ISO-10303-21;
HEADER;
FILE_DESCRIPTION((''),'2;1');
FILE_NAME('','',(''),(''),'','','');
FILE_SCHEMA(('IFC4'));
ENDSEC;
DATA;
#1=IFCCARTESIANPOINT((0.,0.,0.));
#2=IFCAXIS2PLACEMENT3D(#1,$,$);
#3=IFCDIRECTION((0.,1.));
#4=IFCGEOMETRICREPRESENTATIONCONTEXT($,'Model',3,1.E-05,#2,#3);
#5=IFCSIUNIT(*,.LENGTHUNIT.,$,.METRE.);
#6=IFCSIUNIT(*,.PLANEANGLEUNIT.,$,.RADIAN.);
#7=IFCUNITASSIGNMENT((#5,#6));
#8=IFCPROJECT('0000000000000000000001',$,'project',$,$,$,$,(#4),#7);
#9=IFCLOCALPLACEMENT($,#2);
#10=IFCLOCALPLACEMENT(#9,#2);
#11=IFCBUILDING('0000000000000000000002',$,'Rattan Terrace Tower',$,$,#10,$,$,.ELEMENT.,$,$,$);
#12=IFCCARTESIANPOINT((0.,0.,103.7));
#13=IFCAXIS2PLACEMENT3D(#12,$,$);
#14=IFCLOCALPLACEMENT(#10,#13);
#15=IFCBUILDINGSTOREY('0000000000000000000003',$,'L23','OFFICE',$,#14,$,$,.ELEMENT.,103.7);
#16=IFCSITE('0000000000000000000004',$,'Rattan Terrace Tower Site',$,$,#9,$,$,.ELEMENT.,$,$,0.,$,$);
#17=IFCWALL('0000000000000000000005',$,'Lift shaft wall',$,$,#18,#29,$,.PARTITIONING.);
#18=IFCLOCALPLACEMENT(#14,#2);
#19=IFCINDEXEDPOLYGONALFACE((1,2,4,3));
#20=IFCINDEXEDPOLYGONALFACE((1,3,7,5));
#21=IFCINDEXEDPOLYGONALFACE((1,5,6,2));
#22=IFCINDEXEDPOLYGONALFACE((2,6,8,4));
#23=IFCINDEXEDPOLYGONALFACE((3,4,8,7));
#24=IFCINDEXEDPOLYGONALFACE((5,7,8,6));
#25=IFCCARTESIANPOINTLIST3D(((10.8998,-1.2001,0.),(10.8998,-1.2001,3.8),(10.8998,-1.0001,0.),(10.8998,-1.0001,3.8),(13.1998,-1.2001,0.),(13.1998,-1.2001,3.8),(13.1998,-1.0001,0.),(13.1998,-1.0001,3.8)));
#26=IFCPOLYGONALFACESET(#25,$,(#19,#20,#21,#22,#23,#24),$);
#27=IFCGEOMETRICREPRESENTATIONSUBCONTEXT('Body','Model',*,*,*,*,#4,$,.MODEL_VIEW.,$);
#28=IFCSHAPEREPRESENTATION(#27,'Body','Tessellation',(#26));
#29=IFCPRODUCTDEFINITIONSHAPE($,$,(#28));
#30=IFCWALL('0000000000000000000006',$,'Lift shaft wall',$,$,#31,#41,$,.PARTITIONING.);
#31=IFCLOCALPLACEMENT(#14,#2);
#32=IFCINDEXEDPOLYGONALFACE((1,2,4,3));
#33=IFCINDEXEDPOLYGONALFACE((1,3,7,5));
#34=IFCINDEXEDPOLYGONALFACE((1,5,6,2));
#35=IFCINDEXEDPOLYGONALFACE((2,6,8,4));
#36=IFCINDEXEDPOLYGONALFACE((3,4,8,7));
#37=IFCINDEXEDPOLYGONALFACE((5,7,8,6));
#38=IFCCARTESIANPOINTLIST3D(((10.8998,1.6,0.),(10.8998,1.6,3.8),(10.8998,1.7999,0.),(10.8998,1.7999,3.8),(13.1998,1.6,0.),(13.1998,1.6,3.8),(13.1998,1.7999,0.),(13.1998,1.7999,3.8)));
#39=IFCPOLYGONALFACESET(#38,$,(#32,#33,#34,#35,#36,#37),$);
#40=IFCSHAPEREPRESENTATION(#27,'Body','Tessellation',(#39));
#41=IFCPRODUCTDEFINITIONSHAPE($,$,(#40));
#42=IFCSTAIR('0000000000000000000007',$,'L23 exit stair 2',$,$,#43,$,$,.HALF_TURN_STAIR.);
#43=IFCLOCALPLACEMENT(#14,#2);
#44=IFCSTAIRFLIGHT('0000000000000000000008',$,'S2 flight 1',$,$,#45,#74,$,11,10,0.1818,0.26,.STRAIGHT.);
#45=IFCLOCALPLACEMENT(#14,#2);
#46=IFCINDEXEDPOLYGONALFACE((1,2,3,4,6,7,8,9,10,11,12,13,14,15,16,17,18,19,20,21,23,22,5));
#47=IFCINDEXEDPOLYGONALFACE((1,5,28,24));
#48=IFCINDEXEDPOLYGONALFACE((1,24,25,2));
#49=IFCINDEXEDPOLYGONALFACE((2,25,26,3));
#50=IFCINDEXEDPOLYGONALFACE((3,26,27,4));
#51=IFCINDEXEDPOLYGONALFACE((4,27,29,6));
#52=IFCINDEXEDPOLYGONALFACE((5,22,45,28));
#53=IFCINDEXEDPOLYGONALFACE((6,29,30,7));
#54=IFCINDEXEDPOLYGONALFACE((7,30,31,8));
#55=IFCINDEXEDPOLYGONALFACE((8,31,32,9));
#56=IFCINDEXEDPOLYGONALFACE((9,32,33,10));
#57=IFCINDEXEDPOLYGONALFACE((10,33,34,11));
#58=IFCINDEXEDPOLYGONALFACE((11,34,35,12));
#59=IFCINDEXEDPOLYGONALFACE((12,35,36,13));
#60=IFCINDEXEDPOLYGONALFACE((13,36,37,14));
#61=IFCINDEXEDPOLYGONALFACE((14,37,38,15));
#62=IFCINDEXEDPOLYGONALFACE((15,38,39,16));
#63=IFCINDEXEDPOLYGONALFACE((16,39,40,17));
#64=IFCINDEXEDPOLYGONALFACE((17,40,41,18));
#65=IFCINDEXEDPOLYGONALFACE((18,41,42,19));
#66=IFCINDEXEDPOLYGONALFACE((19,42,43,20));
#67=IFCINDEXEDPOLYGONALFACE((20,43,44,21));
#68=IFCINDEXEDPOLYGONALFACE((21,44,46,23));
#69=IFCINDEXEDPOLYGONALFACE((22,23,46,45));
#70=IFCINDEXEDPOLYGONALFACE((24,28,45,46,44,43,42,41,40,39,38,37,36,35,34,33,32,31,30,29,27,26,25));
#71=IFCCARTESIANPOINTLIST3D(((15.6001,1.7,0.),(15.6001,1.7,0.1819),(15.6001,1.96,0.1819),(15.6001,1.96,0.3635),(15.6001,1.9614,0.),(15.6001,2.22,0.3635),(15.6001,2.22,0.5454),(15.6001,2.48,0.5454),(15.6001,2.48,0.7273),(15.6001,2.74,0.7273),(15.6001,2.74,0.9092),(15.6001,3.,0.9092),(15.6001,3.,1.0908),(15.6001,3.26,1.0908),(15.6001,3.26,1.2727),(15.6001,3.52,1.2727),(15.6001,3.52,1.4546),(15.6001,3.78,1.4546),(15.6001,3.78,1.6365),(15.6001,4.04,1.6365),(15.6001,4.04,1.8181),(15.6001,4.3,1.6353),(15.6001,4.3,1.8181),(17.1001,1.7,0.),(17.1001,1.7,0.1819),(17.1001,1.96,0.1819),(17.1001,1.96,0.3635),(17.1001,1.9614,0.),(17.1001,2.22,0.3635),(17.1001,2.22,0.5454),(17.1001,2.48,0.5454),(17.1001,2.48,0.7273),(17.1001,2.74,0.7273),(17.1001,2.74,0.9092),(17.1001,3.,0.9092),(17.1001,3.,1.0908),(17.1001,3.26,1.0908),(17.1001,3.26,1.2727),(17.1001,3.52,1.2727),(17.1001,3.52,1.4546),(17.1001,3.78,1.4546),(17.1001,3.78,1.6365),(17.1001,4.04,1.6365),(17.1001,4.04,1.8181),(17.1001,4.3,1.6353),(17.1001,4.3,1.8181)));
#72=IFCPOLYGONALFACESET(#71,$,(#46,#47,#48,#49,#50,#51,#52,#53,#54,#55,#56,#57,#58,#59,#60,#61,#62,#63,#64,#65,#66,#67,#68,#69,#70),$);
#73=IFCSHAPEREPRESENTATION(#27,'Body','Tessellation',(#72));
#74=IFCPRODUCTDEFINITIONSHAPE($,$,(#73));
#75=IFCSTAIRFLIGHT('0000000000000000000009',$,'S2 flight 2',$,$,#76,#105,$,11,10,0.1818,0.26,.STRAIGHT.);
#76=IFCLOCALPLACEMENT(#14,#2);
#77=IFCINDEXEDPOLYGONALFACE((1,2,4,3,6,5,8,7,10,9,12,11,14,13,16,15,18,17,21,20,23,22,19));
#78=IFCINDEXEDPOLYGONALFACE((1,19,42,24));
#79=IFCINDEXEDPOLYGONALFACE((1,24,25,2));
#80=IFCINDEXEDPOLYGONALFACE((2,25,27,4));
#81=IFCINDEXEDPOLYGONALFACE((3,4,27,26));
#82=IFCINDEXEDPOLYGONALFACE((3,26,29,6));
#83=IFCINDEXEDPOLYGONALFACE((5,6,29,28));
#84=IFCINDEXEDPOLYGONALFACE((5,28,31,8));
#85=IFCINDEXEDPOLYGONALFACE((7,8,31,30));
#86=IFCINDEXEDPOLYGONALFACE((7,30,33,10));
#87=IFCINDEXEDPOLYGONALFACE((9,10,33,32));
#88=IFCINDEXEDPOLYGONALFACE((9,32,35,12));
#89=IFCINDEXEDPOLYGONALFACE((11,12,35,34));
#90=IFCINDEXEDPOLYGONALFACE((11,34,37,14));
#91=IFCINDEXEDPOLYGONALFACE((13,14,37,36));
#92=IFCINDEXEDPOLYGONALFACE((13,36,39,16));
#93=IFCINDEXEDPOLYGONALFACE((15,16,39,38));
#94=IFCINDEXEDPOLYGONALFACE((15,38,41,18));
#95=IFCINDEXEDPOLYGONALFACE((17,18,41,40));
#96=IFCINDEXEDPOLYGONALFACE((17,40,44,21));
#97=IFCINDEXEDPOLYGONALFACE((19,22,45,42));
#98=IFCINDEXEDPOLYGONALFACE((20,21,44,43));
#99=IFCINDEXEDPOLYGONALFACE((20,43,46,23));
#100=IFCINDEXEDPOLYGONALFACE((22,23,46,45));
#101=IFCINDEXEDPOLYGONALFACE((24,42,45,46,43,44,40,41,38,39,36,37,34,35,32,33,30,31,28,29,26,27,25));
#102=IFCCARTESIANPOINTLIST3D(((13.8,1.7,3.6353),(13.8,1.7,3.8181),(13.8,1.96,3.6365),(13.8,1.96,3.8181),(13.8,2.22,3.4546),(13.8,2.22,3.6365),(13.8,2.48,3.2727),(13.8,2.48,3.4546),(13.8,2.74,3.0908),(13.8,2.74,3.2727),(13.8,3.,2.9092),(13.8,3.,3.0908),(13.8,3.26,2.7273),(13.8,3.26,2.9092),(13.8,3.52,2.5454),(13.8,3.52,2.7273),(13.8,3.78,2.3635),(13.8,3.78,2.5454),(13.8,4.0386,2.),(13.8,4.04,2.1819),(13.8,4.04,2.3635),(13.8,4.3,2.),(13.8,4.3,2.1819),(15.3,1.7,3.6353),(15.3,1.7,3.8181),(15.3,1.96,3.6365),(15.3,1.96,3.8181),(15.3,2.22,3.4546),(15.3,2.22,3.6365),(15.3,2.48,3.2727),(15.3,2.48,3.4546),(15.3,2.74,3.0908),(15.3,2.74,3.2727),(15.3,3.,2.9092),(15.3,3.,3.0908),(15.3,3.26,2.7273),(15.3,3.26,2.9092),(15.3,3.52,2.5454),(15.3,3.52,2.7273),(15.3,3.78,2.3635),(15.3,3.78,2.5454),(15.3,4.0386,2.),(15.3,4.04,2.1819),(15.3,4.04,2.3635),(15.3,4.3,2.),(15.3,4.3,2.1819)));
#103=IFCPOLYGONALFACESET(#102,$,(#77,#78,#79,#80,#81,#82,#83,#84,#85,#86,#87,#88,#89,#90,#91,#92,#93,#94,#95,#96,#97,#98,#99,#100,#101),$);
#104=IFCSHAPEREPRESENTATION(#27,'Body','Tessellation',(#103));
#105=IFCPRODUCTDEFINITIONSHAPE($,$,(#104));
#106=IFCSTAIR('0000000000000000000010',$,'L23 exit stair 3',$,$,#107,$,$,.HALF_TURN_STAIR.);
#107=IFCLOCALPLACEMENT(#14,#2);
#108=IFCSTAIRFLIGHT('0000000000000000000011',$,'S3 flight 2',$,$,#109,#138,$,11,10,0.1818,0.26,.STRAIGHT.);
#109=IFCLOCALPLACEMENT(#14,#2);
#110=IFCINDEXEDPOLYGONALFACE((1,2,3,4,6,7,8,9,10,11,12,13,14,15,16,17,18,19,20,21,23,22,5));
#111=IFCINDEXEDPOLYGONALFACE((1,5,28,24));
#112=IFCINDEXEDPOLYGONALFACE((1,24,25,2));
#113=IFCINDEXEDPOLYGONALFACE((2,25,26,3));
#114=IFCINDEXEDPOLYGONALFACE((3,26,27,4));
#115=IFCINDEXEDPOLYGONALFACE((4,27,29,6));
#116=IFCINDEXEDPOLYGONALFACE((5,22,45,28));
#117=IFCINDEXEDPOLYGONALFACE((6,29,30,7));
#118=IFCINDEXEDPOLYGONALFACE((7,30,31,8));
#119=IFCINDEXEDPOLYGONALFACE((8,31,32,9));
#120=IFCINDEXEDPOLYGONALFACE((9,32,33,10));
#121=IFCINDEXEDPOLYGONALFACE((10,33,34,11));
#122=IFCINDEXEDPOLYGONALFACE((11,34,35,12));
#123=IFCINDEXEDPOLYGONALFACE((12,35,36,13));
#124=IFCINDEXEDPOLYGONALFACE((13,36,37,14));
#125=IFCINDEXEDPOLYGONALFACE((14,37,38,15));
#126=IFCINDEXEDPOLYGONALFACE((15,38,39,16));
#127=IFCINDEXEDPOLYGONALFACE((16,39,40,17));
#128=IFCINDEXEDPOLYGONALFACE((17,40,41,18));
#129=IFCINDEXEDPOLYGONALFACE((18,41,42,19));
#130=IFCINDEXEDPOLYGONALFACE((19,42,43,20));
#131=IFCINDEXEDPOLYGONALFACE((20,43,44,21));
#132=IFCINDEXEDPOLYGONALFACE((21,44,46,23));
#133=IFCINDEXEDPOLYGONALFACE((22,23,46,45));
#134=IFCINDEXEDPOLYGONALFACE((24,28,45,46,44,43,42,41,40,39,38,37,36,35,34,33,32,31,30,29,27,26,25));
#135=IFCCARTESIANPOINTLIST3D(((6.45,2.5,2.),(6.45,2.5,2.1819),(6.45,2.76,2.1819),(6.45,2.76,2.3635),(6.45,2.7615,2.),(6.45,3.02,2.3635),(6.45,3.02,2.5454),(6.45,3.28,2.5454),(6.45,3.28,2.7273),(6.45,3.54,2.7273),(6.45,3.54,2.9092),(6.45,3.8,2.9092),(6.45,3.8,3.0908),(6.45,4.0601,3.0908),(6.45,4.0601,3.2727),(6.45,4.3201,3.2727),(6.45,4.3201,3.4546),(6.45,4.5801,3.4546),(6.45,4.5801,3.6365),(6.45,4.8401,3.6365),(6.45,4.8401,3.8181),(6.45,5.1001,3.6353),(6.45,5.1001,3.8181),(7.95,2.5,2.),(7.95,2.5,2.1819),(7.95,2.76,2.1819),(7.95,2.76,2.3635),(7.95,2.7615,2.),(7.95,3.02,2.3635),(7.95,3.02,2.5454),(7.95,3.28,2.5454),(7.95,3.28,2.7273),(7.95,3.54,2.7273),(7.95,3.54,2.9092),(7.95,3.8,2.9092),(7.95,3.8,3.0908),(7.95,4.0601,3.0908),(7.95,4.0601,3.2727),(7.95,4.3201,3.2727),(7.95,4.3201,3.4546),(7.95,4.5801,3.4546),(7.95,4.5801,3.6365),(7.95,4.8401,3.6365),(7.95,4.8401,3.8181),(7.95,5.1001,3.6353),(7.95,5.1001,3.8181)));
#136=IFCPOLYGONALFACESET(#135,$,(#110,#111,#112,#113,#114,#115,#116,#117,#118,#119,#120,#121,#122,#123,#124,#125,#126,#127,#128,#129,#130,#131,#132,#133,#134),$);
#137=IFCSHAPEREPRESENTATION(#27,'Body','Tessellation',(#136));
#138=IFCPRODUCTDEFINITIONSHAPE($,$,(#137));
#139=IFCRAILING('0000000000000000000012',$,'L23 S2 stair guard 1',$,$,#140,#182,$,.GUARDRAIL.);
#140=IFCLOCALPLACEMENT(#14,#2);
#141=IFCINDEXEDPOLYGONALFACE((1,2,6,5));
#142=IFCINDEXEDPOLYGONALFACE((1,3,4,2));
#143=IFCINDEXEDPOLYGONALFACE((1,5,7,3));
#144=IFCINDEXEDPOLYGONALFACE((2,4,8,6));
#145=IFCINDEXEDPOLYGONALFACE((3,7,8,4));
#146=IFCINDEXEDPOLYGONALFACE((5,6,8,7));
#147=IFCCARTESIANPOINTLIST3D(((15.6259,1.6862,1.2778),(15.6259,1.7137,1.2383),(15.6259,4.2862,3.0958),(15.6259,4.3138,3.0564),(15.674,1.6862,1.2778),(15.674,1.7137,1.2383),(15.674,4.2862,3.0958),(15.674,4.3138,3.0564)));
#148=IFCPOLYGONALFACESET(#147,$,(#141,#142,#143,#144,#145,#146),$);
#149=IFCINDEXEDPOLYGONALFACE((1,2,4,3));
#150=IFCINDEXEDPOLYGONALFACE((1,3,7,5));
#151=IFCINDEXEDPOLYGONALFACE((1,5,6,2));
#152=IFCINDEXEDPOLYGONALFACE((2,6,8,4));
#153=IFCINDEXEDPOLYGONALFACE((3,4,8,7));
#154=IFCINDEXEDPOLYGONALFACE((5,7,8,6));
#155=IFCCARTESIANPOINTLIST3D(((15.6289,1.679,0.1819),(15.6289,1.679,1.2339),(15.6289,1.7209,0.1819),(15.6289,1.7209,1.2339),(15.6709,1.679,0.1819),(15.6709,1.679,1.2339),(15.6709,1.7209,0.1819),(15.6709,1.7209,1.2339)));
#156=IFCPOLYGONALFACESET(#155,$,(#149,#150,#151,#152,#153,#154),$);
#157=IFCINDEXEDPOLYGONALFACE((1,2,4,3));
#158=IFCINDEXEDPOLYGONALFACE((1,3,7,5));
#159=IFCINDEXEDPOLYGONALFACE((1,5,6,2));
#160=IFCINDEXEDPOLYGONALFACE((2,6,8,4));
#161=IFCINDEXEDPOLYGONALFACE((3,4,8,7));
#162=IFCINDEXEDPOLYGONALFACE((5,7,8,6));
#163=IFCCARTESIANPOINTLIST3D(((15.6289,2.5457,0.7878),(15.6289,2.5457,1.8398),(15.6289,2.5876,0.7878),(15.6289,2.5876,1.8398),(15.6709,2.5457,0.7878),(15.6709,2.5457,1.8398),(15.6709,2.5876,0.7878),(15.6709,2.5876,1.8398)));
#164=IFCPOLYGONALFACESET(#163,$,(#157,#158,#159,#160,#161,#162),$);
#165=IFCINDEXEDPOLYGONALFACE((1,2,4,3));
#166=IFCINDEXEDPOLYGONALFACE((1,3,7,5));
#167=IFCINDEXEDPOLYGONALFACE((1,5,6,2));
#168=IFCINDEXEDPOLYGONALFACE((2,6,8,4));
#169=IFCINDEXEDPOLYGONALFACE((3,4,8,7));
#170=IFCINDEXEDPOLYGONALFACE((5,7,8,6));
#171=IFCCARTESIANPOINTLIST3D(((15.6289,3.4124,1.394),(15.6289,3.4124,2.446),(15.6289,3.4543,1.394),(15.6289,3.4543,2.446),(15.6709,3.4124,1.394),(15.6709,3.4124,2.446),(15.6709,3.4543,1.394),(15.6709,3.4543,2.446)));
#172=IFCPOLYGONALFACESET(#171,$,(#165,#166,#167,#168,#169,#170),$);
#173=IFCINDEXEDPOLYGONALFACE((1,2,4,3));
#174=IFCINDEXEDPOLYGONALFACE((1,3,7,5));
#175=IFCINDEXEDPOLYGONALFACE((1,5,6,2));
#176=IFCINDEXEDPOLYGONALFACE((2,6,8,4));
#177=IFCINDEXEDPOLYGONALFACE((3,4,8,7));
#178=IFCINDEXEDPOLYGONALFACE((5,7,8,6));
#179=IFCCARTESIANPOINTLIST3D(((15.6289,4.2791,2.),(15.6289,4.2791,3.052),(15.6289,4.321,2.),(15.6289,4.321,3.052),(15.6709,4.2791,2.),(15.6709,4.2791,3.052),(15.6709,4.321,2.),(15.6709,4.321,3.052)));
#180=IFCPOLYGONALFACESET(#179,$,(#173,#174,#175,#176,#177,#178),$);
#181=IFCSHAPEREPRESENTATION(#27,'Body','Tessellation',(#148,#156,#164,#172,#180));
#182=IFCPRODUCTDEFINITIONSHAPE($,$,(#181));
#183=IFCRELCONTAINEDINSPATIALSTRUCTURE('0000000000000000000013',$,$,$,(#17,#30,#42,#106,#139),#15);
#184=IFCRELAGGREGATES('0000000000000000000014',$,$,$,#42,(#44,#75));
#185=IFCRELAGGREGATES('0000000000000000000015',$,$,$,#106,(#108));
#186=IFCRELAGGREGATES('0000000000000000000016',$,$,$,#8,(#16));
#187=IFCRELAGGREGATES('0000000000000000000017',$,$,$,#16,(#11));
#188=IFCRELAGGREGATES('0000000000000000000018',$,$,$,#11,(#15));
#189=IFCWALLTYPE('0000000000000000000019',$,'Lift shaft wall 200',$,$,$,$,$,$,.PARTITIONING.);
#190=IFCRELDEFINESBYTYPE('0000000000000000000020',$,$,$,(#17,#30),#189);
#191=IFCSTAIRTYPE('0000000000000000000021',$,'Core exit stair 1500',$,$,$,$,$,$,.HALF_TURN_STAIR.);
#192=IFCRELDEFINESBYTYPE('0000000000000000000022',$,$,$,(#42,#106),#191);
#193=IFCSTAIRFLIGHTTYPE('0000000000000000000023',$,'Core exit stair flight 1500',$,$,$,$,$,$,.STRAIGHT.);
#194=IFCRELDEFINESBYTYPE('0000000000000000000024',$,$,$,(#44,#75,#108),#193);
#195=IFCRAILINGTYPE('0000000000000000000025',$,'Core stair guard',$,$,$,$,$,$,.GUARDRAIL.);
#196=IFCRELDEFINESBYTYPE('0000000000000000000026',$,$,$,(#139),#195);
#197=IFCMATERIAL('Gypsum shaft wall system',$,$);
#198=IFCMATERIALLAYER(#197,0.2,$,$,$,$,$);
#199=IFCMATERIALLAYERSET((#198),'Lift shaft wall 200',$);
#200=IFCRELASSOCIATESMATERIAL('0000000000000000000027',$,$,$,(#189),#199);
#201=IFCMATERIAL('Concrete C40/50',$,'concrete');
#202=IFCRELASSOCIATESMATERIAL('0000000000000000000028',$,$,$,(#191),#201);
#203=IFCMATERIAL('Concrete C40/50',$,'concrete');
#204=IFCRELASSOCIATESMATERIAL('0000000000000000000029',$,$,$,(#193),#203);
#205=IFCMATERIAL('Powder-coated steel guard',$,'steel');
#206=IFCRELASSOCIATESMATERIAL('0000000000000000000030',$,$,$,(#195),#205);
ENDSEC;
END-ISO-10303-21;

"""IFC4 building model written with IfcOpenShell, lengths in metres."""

from ifc_helpers import new_model, si_unit, direction, frame, frame_2d, origin, origin_2d, place, context, subcontext, project, spatial, polyline, rectangle, outline, extrude, material, layer, layer_set, type_object, element, aggregate, save


model = new_model("IFC4")

# Units and contexts
model_context = context("Model", 3, precision=1e-05, world=origin(), true_north=direction((0.0, 1.0)))
body_context = subcontext(model_context, "Body", "Model", "MODEL_VIEW")
ifc_project = project(units=[si_unit("LENGTHUNIT", "METRE"), si_unit("PLANEANGLEUNIT", "RADIAN")], contexts=[model_context])

# Site, building, storey
site_placement = place(None, origin())
site = spatial("IfcSite", under=ifc_project, at=site_placement, Name="Rattan Terrace Tower Site", CompositionType="ELEMENT", RefElevation=0.0)
building_placement = place(site_placement, origin())
building = spatial("IfcBuilding", under=site, at=building_placement, Name="Rattan Terrace Tower", CompositionType="ELEMENT")
storey_placement = place(building_placement, frame((0.0, 0.0, 103.7)))
storey = spatial("IfcBuildingStorey", under=building, at=storey_placement, Name="L23", Description="OFFICE", CompositionType="ELEMENT", Elevation=103.7)

# Walls
ifc_material_1 = material(Name="Gypsum shaft wall system")
ifc_layer_1 = layer(ifc_material_1, 0.2)
ifc_layer_set_1 = layer_set([ifc_layer_1], Name="Lift shaft wall 200")
wall_type_1 = type_object("IfcWallType", Name="Lift shaft wall 200", PredefinedType="PARTITIONING", material=ifc_layer_set_1)
for number, where, z_axis, x_axis, name in (
    (1, (10.8999, -1.1001, 0.0), (0.0, 0.0, 1.0), (1.0, 0.0, 0.0), "Lift shaft wall"),
    (2, (10.8999, 1.7, 0.0), (0.0, 0.0, 1.0), (1.0, 0.0, 0.0), "Lift shaft wall"),
):
    element("IfcWall", number, at=place(storey_placement, frame(where, z_axis=z_axis, x_axis=x_axis)), inside=storey, type_object=wall_type_1, Name=name, PredefinedType="PARTITIONING", context=body_context, shape_type="SweptSolid", body=[
        extrude(rectangle(XDim=2.3, YDim=0.2, at=frame_2d((1.1499, 0.0))), origin(), (0.0, 0.0, 1.0), 3.8),
    ])

# Stair, stair flights
ifc_material_2 = material(Name="Concrete C40/50", Category="concrete")
stair_type = type_object("IfcStairType", Name="Core exit stair 1500", PredefinedType="HALF_TURN_STAIR", material=ifc_material_2)
stair_1_placement = place(storey_placement, origin())
stair_1 = element("IfcStair", 3, at=stair_1_placement, inside=storey, type_object=stair_type, Name="L23 exit stair 2", PredefinedType="HALF_TURN_STAIR")
ifc_material_3 = material(Name="Concrete C40/50", Category="concrete")
stair_flight_type = type_object("IfcStairFlightType", Name="Core exit stair flight 1500", PredefinedType="STRAIGHT", material=ifc_material_3)
stair_flight_1_placement = place(storey_placement, frame((16.3501, 1.7, 0.0), z_axis=(0.0, 0.0, 1.0), x_axis=(0.0, 1.0, 0.0)))
stair_flight_1 = element("IfcStairFlight", 4, at=stair_flight_1_placement, type_object=stair_flight_type, Name="S2 flight 1", NumberOfRisers=11, NumberOfTreads=10, PredefinedType="STRAIGHT", RiserHeight=0.1818, TreadLength=0.26, context=body_context, shape_type="SweptSolid", body=[
    extrude(outline(polyline([(0.0, 0.0), (0.0, 0.1819), (0.26, 0.1819), (0.26, 0.3635), (0.52, 0.3635), (0.52, 0.5454), (0.78, 0.5454), (0.78, 0.7273), (1.04, 0.7273), (1.04, 0.9092), (1.3, 0.9092), (1.3, 1.0908), (1.5601, 1.0908), (1.5601, 1.2727), (1.8201, 1.2727), (1.8201, 1.4546), (2.0801, 1.4546), (2.0801, 1.6365), (2.3401, 1.6365), (2.3401, 1.8181), (2.6001, 1.8181), (2.6001, 2.0), (2.6001, 1.6353), (0.2615, 0.0), (0.0, 0.0)])), frame((0.0, 0.75, 0.0), z_axis=(0.0, -1.0, 0.0), x_axis=(1.0, 0.0, 0.0)), (0.0, 0.0, 1.0), 1.5),
])
stair_flight_2_placement = place(storey_placement, frame((14.55, 4.3, 2.0), z_axis=(0.0, 0.0, 1.0), x_axis=(0.0, -1.0, 0.0)))
stair_flight_2 = element("IfcStairFlight", 5, at=stair_flight_2_placement, type_object=stair_flight_type, Name="S2 flight 2", NumberOfRisers=11, NumberOfTreads=10, PredefinedType="STRAIGHT", RiserHeight=0.1818, TreadLength=0.26, context=body_context, shape_type="SweptSolid", body=[
    extrude(outline(polyline([(0.0, 0.0), (0.0, 0.1819), (0.26, 0.1819), (0.26, 0.3635), (0.52, 0.3635), (0.52, 0.5454), (0.78, 0.5454), (0.78, 0.7273), (1.04, 0.7273), (1.04, 0.9092), (1.3, 0.9092), (1.3, 1.0908), (1.5601, 1.0908), (1.5601, 1.2727), (1.8201, 1.2727), (1.8201, 1.4546), (2.0801, 1.4546), (2.0801, 1.6365), (2.3401, 1.6365), (2.3401, 1.8181), (2.6001, 1.8181), (2.6001, 2.0), (2.6001, 1.6353), (0.2615, 0.0), (0.0, 0.0)])), frame((0.0, 0.75, 0.0), z_axis=(0.0, -1.0, 0.0), x_axis=(1.0, 0.0, 0.0)), (0.0, 0.0, 1.0), 1.5),
])
aggregate(stair_1, [stair_flight_1, stair_flight_2])

# Stair, stair flight
stair_2_placement = place(storey_placement, origin())
stair_2 = element("IfcStair", 6, at=stair_2_placement, inside=storey, type_object=stair_type, Name="L23 exit stair 3", PredefinedType="HALF_TURN_STAIR")
stair_flight_3_placement = place(storey_placement, frame((7.2, 2.5, 2.0), z_axis=(0.0, 0.0, 1.0), x_axis=(0.0, 1.0, 0.0)))
stair_flight_3 = element("IfcStairFlight", 7, at=stair_flight_3_placement, type_object=stair_flight_type, Name="S3 flight 2", NumberOfRisers=11, NumberOfTreads=10, PredefinedType="STRAIGHT", RiserHeight=0.1818, TreadLength=0.26, context=body_context, shape_type="SweptSolid", body=[
    extrude(outline(polyline([(0.0, 0.0), (0.0, 0.1819), (0.26, 0.1819), (0.26, 0.3635), (0.52, 0.3635), (0.52, 0.5454), (0.78, 0.5454), (0.78, 0.7273), (1.04, 0.7273), (1.04, 0.9092), (1.3, 0.9092), (1.3, 1.0908), (1.5601, 1.0908), (1.5601, 1.2727), (1.8201, 1.2727), (1.8201, 1.4546), (2.0801, 1.4546), (2.0801, 1.6365), (2.3401, 1.6365), (2.3401, 1.8181), (2.6001, 1.8181), (2.6001, 2.0), (2.6001, 1.6353), (0.2615, 0.0), (0.0, 0.0)])), frame((0.0, 0.75, 0.0), z_axis=(0.0, -1.0, 0.0), x_axis=(1.0, 0.0, 0.0)), (0.0, 0.0, 1.0), 1.5),
])
aggregate(stair_2, [stair_flight_3])

# Railing
ifc_material_4 = material(Name="Powder-coated steel guard", Category="steel")
railing_type_1 = type_object("IfcRailingType", Name="Core stair guard", PredefinedType="GUARDRAIL", material=ifc_material_4)
railing_1_placement = place(storey_placement, frame((15.6499, 1.7, 0.1819)))
element("IfcRailing", 8, at=railing_1_placement, inside=storey, type_object=railing_type_1, Name="L23 S2 stair guard 1", PredefinedType="GUARDRAIL", context=body_context, shape_type="SweptSolid", body=[
    extrude(rectangle(XDim=0.0481, YDim=0.0481, at=origin_2d()), frame((0.0, 0.0, 1.0762), z_axis=(0.0, 0.819521, 0.573049), x_axis=(-1.0, 0.0, 0.0)), (0.0, 0.0, 1.0), 3.1726),
    extrude(rectangle(XDim=0.042, YDim=0.042, at=origin_2d()), origin(), (0.0, 0.0, 1.0), 1.052),
    extrude(rectangle(XDim=0.042, YDim=0.042, at=origin_2d()), frame((0.0, 0.8667, 0.606)), (0.0, 0.0, 1.0), 1.052),
    extrude(rectangle(XDim=0.042, YDim=0.042, at=origin_2d()), frame((0.0, 1.7334, 1.2122)), (0.0, 0.0, 1.0), 1.052),
    extrude(rectangle(XDim=0.042, YDim=0.042, at=origin_2d()), frame((0.0, 2.6001, 1.8181)), (0.0, 0.0, 1.0), 1.052),
])

save(model, "model.ifc")
